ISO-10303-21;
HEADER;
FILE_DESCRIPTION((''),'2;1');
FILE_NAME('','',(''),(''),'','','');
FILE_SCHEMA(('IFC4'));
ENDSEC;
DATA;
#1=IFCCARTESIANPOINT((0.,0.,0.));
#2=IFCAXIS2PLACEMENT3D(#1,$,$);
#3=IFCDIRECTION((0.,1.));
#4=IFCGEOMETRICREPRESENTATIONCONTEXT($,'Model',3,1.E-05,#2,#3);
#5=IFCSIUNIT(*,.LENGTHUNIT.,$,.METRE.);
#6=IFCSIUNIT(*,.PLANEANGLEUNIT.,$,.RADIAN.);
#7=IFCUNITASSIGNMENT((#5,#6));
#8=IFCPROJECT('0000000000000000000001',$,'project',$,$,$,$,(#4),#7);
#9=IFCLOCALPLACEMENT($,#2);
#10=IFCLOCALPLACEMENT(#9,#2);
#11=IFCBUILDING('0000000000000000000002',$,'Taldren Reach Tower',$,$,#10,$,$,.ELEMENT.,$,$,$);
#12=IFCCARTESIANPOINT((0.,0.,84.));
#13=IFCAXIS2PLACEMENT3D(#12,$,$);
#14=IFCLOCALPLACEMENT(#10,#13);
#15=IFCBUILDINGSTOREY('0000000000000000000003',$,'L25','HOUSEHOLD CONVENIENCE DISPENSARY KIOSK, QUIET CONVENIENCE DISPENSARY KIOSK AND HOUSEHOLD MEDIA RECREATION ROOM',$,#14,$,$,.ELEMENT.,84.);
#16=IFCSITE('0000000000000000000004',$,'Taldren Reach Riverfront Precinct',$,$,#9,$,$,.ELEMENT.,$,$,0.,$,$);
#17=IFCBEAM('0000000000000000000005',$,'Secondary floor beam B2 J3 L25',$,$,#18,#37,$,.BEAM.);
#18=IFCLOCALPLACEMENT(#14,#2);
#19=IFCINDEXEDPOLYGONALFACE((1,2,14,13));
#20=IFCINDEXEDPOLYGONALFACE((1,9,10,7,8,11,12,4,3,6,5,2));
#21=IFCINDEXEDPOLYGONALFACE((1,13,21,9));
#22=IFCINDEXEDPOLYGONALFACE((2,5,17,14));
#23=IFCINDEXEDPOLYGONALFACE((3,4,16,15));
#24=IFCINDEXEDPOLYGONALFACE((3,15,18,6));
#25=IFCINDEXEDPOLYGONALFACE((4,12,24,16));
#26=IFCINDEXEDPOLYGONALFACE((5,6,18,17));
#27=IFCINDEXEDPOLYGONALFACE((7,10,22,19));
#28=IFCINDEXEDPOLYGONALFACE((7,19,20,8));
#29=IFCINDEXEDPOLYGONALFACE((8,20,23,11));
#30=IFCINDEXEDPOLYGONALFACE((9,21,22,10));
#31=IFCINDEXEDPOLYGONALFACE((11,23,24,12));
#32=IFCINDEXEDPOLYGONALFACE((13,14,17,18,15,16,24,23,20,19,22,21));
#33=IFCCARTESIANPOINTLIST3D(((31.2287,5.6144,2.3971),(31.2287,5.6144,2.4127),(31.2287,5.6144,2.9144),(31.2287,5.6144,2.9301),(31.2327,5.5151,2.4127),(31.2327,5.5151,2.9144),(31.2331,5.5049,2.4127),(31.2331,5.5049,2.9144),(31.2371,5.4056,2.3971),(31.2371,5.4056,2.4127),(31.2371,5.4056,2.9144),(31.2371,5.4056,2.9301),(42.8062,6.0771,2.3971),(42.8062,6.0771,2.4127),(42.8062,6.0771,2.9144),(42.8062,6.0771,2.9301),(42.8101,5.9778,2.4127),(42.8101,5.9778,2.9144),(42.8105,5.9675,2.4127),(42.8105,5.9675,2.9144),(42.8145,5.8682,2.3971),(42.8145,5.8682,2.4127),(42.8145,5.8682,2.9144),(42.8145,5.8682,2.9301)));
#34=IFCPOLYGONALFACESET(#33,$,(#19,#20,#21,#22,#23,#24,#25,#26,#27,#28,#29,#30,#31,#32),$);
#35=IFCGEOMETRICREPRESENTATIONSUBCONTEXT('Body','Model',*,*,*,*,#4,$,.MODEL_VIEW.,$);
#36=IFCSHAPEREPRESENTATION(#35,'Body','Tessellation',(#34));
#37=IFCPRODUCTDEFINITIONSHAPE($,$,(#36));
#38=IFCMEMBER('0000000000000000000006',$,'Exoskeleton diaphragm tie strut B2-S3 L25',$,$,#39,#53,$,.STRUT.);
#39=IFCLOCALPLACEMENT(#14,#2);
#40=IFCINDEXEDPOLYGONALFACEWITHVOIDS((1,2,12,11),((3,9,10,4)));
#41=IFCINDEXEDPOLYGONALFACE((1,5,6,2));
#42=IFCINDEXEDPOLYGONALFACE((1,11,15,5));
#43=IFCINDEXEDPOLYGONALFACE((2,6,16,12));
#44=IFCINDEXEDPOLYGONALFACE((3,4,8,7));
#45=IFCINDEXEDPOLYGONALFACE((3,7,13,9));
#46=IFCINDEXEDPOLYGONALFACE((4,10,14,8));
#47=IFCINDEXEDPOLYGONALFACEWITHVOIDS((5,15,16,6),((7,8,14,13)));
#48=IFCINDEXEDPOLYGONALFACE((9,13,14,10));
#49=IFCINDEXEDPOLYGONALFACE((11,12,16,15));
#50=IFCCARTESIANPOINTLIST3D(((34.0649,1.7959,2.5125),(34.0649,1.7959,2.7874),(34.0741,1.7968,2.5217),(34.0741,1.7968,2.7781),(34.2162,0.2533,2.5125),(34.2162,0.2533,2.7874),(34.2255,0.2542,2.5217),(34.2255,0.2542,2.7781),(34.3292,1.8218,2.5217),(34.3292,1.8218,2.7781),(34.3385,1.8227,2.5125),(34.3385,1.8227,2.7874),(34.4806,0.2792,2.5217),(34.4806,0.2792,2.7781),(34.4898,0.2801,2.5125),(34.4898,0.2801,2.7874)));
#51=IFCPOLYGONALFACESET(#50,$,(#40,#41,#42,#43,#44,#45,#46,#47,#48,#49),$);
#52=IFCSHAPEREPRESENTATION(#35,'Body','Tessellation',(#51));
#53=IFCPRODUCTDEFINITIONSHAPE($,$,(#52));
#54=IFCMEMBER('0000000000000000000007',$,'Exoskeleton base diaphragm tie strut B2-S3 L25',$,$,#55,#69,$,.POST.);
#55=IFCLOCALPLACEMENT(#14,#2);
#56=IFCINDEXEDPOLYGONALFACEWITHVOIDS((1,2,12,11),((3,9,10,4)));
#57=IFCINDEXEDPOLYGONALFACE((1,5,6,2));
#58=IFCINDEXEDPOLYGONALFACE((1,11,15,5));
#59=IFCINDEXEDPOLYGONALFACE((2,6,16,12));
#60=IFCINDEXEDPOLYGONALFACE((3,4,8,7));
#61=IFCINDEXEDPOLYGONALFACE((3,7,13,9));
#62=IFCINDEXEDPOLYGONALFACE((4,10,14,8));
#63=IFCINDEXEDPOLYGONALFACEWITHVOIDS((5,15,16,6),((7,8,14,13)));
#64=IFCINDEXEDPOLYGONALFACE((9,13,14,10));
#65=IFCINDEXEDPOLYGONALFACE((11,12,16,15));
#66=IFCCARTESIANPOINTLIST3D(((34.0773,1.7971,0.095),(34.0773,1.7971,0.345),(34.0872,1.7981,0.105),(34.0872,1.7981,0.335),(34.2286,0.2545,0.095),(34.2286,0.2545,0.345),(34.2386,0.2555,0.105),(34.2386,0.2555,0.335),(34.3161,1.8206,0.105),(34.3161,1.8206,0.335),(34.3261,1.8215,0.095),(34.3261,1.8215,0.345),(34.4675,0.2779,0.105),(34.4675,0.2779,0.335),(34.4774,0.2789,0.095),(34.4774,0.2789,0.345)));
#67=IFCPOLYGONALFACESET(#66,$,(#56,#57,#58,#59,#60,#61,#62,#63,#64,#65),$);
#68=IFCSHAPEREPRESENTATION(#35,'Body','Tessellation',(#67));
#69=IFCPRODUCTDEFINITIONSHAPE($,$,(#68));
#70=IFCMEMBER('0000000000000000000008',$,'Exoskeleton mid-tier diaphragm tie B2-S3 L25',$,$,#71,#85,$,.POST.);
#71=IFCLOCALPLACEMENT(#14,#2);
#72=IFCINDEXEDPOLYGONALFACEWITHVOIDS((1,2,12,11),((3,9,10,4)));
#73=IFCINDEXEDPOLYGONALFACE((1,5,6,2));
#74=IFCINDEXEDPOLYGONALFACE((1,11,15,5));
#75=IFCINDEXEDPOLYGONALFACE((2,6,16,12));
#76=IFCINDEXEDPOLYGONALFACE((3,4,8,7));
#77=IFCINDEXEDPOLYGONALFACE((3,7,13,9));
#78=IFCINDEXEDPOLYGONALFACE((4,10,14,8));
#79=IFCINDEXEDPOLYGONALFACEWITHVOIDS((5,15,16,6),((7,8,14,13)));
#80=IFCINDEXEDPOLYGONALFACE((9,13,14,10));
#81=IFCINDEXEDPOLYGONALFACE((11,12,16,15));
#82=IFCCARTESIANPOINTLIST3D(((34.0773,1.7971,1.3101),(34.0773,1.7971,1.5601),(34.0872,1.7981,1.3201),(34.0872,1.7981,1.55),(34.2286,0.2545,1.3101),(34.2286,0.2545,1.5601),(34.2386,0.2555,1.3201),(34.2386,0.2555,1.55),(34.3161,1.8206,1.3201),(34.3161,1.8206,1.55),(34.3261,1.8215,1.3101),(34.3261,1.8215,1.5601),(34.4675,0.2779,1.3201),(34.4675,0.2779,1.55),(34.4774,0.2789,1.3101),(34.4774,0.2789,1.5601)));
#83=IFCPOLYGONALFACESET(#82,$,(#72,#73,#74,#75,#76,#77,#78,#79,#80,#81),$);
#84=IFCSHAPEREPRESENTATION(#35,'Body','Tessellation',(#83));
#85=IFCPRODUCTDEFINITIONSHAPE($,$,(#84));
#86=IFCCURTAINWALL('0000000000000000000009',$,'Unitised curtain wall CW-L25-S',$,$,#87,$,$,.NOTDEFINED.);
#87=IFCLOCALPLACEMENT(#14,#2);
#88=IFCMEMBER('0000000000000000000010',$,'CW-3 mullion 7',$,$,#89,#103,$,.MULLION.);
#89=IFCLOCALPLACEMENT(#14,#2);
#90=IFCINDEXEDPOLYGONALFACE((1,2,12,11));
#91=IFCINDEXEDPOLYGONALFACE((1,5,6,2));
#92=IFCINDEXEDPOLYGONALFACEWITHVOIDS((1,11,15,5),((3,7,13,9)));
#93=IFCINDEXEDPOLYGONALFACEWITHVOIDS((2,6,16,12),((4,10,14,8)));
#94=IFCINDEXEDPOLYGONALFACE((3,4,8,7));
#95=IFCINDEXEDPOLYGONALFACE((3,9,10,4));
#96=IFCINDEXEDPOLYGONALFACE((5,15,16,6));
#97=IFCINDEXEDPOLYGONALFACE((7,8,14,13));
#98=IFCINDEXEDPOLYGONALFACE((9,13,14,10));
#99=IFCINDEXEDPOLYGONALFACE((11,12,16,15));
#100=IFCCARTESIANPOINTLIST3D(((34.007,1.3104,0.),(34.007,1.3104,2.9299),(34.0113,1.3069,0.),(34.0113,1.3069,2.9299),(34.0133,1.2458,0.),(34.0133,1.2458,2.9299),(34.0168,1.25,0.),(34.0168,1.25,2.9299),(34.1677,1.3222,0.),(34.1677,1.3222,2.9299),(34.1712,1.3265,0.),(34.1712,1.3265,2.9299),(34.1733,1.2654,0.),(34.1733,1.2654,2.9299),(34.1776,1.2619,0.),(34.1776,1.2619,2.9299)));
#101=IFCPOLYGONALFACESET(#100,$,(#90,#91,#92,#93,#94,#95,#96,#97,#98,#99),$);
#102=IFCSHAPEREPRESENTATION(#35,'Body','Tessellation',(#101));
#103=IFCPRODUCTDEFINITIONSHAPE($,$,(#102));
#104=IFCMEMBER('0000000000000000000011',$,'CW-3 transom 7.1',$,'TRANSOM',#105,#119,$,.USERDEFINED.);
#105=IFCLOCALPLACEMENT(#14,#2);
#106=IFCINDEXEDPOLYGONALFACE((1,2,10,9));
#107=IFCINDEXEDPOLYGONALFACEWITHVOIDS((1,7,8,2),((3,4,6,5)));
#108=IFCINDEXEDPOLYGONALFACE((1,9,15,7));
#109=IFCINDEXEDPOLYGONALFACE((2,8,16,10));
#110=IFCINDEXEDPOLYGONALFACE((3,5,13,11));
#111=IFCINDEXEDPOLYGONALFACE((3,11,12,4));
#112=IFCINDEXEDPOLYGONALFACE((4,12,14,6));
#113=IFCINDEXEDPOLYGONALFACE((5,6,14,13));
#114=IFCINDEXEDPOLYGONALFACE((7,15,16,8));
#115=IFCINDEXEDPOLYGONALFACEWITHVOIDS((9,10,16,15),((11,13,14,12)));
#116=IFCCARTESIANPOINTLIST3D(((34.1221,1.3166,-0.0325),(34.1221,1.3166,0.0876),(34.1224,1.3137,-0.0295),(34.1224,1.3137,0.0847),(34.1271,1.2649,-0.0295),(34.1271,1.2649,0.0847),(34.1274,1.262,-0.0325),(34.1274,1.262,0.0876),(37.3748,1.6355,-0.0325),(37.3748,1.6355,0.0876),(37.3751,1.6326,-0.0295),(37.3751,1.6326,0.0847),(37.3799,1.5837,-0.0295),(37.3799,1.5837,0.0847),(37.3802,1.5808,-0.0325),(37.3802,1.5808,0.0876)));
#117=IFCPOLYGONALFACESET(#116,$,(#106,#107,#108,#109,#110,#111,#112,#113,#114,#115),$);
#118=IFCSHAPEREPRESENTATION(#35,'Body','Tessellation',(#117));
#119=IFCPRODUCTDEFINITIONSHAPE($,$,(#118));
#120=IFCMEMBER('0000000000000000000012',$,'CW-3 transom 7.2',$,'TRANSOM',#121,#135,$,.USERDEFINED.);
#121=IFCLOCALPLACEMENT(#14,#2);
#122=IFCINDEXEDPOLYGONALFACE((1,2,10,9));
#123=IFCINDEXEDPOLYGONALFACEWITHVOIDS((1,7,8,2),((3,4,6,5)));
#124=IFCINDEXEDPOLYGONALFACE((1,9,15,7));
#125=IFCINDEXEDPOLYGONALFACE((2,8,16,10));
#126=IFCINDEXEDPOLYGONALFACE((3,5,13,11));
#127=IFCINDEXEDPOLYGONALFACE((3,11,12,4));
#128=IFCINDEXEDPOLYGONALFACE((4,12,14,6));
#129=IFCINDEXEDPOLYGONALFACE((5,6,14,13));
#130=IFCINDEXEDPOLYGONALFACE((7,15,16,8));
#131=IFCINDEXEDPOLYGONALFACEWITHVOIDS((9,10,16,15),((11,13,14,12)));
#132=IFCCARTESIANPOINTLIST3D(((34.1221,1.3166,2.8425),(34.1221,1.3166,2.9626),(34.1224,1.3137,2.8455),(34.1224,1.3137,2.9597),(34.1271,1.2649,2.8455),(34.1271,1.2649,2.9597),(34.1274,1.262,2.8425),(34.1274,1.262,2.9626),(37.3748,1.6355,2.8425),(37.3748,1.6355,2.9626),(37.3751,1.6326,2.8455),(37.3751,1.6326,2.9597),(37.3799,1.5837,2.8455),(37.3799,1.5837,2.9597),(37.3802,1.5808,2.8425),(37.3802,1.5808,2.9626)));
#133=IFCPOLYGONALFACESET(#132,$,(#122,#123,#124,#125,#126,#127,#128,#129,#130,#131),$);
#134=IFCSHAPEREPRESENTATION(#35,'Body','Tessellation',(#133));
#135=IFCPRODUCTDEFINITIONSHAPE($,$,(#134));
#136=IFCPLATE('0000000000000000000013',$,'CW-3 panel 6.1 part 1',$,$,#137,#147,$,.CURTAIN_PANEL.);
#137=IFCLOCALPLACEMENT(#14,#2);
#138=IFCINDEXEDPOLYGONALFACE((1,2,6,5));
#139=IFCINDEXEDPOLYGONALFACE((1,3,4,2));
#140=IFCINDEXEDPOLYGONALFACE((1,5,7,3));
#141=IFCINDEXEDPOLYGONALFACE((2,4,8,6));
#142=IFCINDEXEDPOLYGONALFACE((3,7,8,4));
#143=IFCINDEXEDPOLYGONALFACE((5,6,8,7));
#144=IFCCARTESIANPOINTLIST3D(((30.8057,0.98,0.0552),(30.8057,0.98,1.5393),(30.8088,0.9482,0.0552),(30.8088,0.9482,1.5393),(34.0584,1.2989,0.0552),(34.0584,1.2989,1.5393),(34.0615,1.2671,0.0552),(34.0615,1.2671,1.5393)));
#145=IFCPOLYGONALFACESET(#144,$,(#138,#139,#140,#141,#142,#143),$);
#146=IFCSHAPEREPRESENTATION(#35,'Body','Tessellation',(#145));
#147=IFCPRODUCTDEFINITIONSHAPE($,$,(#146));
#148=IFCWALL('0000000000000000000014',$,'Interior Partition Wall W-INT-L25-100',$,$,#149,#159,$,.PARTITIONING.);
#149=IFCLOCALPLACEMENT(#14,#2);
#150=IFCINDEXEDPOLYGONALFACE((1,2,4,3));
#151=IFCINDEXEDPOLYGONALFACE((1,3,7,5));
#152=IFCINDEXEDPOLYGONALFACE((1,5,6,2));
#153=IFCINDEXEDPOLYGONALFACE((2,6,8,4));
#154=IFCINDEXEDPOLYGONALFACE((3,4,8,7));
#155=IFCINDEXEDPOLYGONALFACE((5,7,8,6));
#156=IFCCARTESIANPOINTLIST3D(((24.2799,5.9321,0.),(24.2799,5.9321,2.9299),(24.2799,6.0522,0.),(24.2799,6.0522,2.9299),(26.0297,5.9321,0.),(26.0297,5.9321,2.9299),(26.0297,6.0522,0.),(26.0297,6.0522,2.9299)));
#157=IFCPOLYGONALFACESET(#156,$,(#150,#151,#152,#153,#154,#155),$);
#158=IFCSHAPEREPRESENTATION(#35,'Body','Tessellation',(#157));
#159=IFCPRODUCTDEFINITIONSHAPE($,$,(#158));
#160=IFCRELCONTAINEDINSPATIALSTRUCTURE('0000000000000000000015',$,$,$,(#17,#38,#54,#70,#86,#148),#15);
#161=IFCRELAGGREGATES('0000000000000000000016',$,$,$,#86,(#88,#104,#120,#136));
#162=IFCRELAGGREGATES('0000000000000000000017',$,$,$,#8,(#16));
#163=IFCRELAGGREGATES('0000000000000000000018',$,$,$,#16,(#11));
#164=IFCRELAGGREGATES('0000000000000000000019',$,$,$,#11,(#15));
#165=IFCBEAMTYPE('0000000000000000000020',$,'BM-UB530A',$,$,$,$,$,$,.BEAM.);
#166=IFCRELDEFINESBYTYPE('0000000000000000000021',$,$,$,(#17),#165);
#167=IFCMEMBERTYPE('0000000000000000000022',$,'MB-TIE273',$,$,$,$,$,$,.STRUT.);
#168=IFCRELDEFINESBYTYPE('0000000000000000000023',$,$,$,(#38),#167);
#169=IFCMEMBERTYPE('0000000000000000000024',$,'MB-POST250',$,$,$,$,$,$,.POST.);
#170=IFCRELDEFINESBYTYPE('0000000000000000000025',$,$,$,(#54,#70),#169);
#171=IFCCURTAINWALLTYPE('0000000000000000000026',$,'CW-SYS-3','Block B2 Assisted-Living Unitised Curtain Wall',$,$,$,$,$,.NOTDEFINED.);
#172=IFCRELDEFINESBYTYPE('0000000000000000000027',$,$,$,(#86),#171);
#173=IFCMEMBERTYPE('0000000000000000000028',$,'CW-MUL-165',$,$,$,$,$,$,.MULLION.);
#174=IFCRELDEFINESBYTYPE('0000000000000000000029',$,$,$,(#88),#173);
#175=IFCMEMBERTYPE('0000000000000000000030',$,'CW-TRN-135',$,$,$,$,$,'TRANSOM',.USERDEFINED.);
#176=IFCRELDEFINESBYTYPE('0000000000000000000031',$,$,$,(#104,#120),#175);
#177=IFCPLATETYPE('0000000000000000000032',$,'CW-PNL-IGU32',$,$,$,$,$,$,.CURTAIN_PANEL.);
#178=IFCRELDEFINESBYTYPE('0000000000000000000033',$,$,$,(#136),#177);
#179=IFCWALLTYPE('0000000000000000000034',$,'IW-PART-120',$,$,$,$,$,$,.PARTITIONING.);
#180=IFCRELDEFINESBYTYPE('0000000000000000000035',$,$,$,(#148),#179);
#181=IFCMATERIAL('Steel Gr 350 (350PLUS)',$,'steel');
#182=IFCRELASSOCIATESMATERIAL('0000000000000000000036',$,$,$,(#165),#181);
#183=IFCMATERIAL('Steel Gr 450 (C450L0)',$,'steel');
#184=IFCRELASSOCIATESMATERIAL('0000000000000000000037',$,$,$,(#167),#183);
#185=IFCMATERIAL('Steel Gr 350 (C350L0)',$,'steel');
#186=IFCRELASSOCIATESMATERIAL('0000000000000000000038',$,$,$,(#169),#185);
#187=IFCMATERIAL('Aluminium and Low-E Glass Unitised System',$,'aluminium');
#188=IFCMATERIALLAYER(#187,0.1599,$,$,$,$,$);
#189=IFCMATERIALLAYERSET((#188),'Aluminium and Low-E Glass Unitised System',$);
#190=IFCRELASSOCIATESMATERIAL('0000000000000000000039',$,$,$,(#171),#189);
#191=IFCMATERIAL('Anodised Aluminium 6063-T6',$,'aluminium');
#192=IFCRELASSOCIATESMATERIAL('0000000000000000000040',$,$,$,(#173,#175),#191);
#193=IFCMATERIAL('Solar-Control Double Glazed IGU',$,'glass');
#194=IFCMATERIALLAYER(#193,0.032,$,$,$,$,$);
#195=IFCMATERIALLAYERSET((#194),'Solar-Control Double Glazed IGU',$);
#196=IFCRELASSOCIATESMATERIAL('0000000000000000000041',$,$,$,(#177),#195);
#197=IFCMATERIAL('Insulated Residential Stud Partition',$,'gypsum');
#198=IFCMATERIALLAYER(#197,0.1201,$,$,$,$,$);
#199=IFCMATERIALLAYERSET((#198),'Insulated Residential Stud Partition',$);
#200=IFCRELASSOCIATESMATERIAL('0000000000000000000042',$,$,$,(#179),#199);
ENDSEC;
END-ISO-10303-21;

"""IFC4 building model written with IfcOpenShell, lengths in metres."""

from ifc_helpers import new_model, si_unit, direction, frame, frame_2d, origin, origin_2d, place, context, subcontext, project, spatial, rectangle, hollow_rectangle, i_section, extrude, source, transform, mapped, material, layer, layer_set, material_profile, profile_set, type_object, element, aggregate, save


model = new_model("IFC4")

# Units and contexts
model_context = context("Model", 3, precision=1e-05, world=origin(), true_north=direction((0.0, 1.0)))
body_context = subcontext(model_context, "Body", "Model", "MODEL_VIEW")
ifc_project = project(units=[si_unit("LENGTHUNIT", "METRE"), si_unit("PLANEANGLEUNIT", "RADIAN")], contexts=[model_context])

# Site, building, storey
site_placement = place(None, origin())
site = spatial("IfcSite", under=ifc_project, at=site_placement, Name="Taldren Reach Riverfront Precinct", CompositionType="ELEMENT", RefElevation=0.0)
building_placement = place(site_placement, origin())
building = spatial("IfcBuilding", under=site, at=building_placement, Name="Taldren Reach Tower", CompositionType="ELEMENT")
storey_placement = place(building_placement, frame((0.0, 0.0, 84.0)))
storey = spatial("IfcBuildingStorey", under=building, at=storey_placement, Name="L25", Description="HOUSEHOLD CONVENIENCE DISPENSARY KIOSK, QUIET CONVENIENCE DISPENSARY KIOSK AND HOUSEHOLD MEDIA RECREATION ROOM", CompositionType="ELEMENT", Elevation=84.0)

# Shared definitions
ifc_material_1 = material(Name="Steel Gr 350 (350PLUS)", Category="steel")

# Beam
ifc_material_profile_1 = material_profile(ifc_material_1, i_section(OverallWidth=0.209, OverallDepth=0.533, WebThickness=0.0103, FlangeThickness=0.0156, at=origin_2d()), Name="530UB92.4")
ifc_profile_set_1 = profile_set([ifc_material_profile_1], Name="Steel Gr 350 (350PLUS)")
beam_type_1 = type_object("IfcBeamType", Name="BM-UB530A", PredefinedType="BEAM", material=ifc_profile_set_1)
shared_shape_1 = source(origin(), body_context, "Body", "SweptSolid", [
    extrude(i_section(OverallWidth=0.209, OverallDepth=0.533, WebThickness=0.0103, FlangeThickness=0.0156, at=origin_2d()), origin(), (0.0, 0.0, 1.0), 11.5867),
])
beam_1_placement = place(storey_placement, frame((31.2329, 5.51, 2.6636), z_axis=(0.999203, 0.039929, 0.0), x_axis=(-0.039929, 0.999203, 0.0)))
element("IfcBeam", 1, at=beam_1_placement, inside=storey, type_object=beam_type_1, Name="Secondary floor beam B2 J3 L25", PredefinedType="BEAM", context=body_context, shape_type="MappedRepresentation", body=[
    mapped(shared_shape_1, transform((0.0, 0.0, 0.0), scale=1.0)),
])

# Members
ifc_material_2 = material(Name="Steel Gr 450 (C450L0)", Category="steel")
ifc_material_profile_2 = material_profile(ifc_material_2, hollow_rectangle(XDim=0.2749, YDim=0.2749, WallThickness=0.0093, at=origin_2d()), Name="275x275x9.3SHS")
ifc_profile_set_2 = profile_set([ifc_material_profile_2], Name="Steel Gr 450 (C450L0)")
member_type_1 = type_object("IfcMemberType", Name="MB-TIE273", PredefinedType="STRUT", material=ifc_profile_set_2)
shared_shape_2 = source(origin(), body_context, "Body", "SweptSolid", [
    extrude(hollow_rectangle(XDim=0.2749, YDim=0.2749, WallThickness=0.0093, at=origin_2d()), origin(), (0.0, 0.0, 1.0), 1.55),
])
member_1_placement = place(storey_placement, frame((34.2017, 1.8093, 2.6499), z_axis=(0.097648, -0.995221, 0.0), x_axis=(0.995221, 0.097648, 0.0)))
element("IfcMember", 2, at=member_1_placement, inside=storey, type_object=member_type_1, Name="Exoskeleton diaphragm tie strut B2-S3 L25", PredefinedType="STRUT", context=body_context, shape_type="MappedRepresentation", body=[
    mapped(shared_shape_2, transform((0.0, 0.0, 0.0), scale=1.0)),
])
ifc_material_3 = material(Name="Steel Gr 350 (C350L0)", Category="steel")
ifc_material_profile_3 = material_profile(ifc_material_3, hollow_rectangle(XDim=0.25, YDim=0.25, WallThickness=0.01, at=origin_2d()), Name="250x250x10.0SHS")
ifc_profile_set_3 = profile_set([ifc_material_profile_3], Name="Steel Gr 350 (C350L0)")
member_type_2 = type_object("IfcMemberType", Name="MB-POST250", PredefinedType="POST", material=ifc_profile_set_3)
shared_shape_3 = source(origin(), body_context, "Body", "SweptSolid", [
    extrude(hollow_rectangle(XDim=0.25, YDim=0.25, WallThickness=0.01, at=origin_2d()), origin(), (0.0, 0.0, 1.0), 1.55),
])
for number, where, z_axis, x_axis, name in (
    (3, (34.2017, 1.8093, 0.22), (0.097648, -0.995221, 0.0), (0.995221, 0.097648, 0.0), "Exoskeleton base diaphragm tie strut B2-S3 L25"),
    (4, (34.2017, 1.8093, 1.4351), (0.097648, -0.995221, 0.0), (0.995221, 0.097648, 0.0), "Exoskeleton mid-tier diaphragm tie B2-S3 L25"),
):
    element("IfcMember", number, at=place(storey_placement, frame(where, z_axis=z_axis, x_axis=x_axis)), inside=storey, type_object=member_type_2, Name=name, PredefinedType="POST", context=body_context, shape_type="MappedRepresentation", body=[
        mapped(shared_shape_3, transform((0.0, 0.0, 0.0), scale=1.0)),
    ])

# Curtain wall, members, plate
ifc_material_4 = material(Name="Aluminium and Low-E Glass Unitised System", Category="aluminium")
ifc_layer_1 = layer(ifc_material_4, 0.1599)
ifc_layer_set_1 = layer_set([ifc_layer_1], Name="Aluminium and Low-E Glass Unitised System")
curtain_wall_type = type_object("IfcCurtainWallType", Name="CW-SYS-3", Description="Block B2 Assisted-Living Unitised Curtain Wall", PredefinedType="NOTDEFINED", material=ifc_layer_set_1)
curtain_wall_placement = place(storey_placement, origin())
curtain_wall = element("IfcCurtainWall", 5, at=curtain_wall_placement, inside=storey, type_object=curtain_wall_type, Name="Unitised curtain wall CW-L25-S", PredefinedType="NOTDEFINED")
ifc_material_5 = material(Name="Anodised Aluminium 6063-T6", Category="aluminium")
ifc_material_profile_4 = material_profile(ifc_material_5, hollow_rectangle(XDim=0.0649, YDim=0.165, WallThickness=0.0039, at=origin_2d()), Name="ALU-165x65x4RHS")
ifc_profile_set_4 = profile_set([ifc_material_profile_4], Name="Anodised Aluminium 6063-T6")
member_type_3 = type_object("IfcMemberType", Name="CW-MUL-165", PredefinedType="MULLION", material=ifc_profile_set_4)
shared_shape_4 = source(origin(), body_context, "Body", "SweptSolid", [
    extrude(hollow_rectangle(XDim=0.0649, YDim=0.165, WallThickness=0.0039, at=origin_2d()), origin(), (0.0, 0.0, 1.0), 2.9299),
])
member_2_placement = place(storey_placement, frame((34.0923, 1.2861, 0.0), z_axis=(0.0, 0.0, 1.0), x_axis=(-0.097583, 0.995227, 0.0)))
member_2 = element("IfcMember", 6, at=member_2_placement, type_object=member_type_3, Name="CW-3 mullion 7", PredefinedType="MULLION", context=body_context, shape_type="MappedRepresentation", body=[
    mapped(shared_shape_4, transform((0.0, 0.0, 0.0), scale=1.0)),
])
ifc_material_profile_5 = material_profile(ifc_material_5, hollow_rectangle(XDim=0.0549, YDim=0.1201, WallThickness=0.0029, at=origin_2d()), Name="ALU-120x55x3RHS")
ifc_profile_set_5 = profile_set([ifc_material_profile_5], Name="Anodised Aluminium 6063-T6")
member_type_4 = type_object("IfcMemberType", Name="CW-TRN-135", ElementType="TRANSOM", PredefinedType="USERDEFINED", material=ifc_profile_set_5)
shared_shape_5 = source(origin(), body_context, "Body", "SweptSolid", [
    extrude(hollow_rectangle(XDim=0.0549, YDim=0.1201, WallThickness=0.0029, at=origin_2d()), origin(), (0.0, 0.0, 1.0), 3.2683),
])
member_3_placement = place(storey_placement, frame((34.1248, 1.2893, 0.0276), z_axis=(0.99523, 0.097558, 0.0), x_axis=(-0.097558, 0.99523, 0.0)))
member_3 = element("IfcMember", 7, at=member_3_placement, type_object=member_type_4, Name="CW-3 transom 7.1", ObjectType="TRANSOM", PredefinedType="USERDEFINED", context=body_context, shape_type="MappedRepresentation", body=[
    mapped(shared_shape_5, transform((0.0, 0.0, 0.0), scale=1.0)),
])
member_4_placement = place(storey_placement, frame((34.1248, 1.2893, 2.9026), z_axis=(0.99523, 0.097558, 0.0), x_axis=(-0.097558, 0.99523, 0.0)))
member_4 = element("IfcMember", 8, at=member_4_placement, type_object=member_type_4, Name="CW-3 transom 7.2", ObjectType="TRANSOM", PredefinedType="USERDEFINED", context=body_context, shape_type="MappedRepresentation", body=[
    mapped(shared_shape_5, transform((0.0, 0.0, 0.0), scale=1.0)),
])
ifc_material_6 = material(Name="Solar-Control Double Glazed IGU", Category="glass")
ifc_layer_2 = layer(ifc_material_6, 0.032)
ifc_layer_set_2 = layer_set([ifc_layer_2], Name="Solar-Control Double Glazed IGU")
plate_type = type_object("IfcPlateType", Name="CW-PNL-IGU32", PredefinedType="CURTAIN_PANEL", material=ifc_layer_set_2)
shared_shape_6 = source(origin(), body_context, "Body", "SweptSolid", [
    extrude(rectangle(XDim=3.2683, YDim=0.032, at=origin_2d()), origin(), (0.0, 0.0, 1.0), 1.4841),
])
plate_placement = place(storey_placement, frame((32.4336, 1.1235, 0.0552), z_axis=(0.0, 0.0, 1.0), x_axis=(0.995227, 0.097583, 0.0)))
plate = element("IfcPlate", 9, at=plate_placement, type_object=plate_type, Name="CW-3 panel 6.1 part 1", PredefinedType="CURTAIN_PANEL", context=body_context, shape_type="MappedRepresentation", body=[
    mapped(shared_shape_6, transform((0.0, 0.0, 0.0), scale=1.0)),
])
aggregate(curtain_wall, [member_2, member_3, member_4, plate])

# Wall
ifc_material_7 = material(Name="Insulated Residential Stud Partition", Category="gypsum")
ifc_layer_3 = layer(ifc_material_7, 0.1201)
ifc_layer_set_3 = layer_set([ifc_layer_3], Name="Insulated Residential Stud Partition")
wall_type_1 = type_object("IfcWallType", Name="IW-PART-120", PredefinedType="PARTITIONING", material=ifc_layer_set_3)
shared_shape_7 = source(origin(), body_context, "Body", "SweptSolid", [
    extrude(rectangle(XDim=1.7498, YDim=0.1201, at=frame_2d((0.875, 0.0))), origin(), (0.0, 0.0, 1.0), 2.9299),
])
wall_1_placement = place(storey_placement, frame((26.0298, 5.9922, 0.0), z_axis=(0.0, 0.0, 1.0), x_axis=(-1.0, 0.0, 0.0)))
element("IfcWall", 10, at=wall_1_placement, inside=storey, type_object=wall_type_1, Name="Interior Partition Wall W-INT-L25-100", PredefinedType="PARTITIONING", context=body_context, shape_type="MappedRepresentation", body=[
    mapped(shared_shape_7, transform((0.0, 0.0, 0.0), scale=1.0)),
])

save(model, "model.ifc")
